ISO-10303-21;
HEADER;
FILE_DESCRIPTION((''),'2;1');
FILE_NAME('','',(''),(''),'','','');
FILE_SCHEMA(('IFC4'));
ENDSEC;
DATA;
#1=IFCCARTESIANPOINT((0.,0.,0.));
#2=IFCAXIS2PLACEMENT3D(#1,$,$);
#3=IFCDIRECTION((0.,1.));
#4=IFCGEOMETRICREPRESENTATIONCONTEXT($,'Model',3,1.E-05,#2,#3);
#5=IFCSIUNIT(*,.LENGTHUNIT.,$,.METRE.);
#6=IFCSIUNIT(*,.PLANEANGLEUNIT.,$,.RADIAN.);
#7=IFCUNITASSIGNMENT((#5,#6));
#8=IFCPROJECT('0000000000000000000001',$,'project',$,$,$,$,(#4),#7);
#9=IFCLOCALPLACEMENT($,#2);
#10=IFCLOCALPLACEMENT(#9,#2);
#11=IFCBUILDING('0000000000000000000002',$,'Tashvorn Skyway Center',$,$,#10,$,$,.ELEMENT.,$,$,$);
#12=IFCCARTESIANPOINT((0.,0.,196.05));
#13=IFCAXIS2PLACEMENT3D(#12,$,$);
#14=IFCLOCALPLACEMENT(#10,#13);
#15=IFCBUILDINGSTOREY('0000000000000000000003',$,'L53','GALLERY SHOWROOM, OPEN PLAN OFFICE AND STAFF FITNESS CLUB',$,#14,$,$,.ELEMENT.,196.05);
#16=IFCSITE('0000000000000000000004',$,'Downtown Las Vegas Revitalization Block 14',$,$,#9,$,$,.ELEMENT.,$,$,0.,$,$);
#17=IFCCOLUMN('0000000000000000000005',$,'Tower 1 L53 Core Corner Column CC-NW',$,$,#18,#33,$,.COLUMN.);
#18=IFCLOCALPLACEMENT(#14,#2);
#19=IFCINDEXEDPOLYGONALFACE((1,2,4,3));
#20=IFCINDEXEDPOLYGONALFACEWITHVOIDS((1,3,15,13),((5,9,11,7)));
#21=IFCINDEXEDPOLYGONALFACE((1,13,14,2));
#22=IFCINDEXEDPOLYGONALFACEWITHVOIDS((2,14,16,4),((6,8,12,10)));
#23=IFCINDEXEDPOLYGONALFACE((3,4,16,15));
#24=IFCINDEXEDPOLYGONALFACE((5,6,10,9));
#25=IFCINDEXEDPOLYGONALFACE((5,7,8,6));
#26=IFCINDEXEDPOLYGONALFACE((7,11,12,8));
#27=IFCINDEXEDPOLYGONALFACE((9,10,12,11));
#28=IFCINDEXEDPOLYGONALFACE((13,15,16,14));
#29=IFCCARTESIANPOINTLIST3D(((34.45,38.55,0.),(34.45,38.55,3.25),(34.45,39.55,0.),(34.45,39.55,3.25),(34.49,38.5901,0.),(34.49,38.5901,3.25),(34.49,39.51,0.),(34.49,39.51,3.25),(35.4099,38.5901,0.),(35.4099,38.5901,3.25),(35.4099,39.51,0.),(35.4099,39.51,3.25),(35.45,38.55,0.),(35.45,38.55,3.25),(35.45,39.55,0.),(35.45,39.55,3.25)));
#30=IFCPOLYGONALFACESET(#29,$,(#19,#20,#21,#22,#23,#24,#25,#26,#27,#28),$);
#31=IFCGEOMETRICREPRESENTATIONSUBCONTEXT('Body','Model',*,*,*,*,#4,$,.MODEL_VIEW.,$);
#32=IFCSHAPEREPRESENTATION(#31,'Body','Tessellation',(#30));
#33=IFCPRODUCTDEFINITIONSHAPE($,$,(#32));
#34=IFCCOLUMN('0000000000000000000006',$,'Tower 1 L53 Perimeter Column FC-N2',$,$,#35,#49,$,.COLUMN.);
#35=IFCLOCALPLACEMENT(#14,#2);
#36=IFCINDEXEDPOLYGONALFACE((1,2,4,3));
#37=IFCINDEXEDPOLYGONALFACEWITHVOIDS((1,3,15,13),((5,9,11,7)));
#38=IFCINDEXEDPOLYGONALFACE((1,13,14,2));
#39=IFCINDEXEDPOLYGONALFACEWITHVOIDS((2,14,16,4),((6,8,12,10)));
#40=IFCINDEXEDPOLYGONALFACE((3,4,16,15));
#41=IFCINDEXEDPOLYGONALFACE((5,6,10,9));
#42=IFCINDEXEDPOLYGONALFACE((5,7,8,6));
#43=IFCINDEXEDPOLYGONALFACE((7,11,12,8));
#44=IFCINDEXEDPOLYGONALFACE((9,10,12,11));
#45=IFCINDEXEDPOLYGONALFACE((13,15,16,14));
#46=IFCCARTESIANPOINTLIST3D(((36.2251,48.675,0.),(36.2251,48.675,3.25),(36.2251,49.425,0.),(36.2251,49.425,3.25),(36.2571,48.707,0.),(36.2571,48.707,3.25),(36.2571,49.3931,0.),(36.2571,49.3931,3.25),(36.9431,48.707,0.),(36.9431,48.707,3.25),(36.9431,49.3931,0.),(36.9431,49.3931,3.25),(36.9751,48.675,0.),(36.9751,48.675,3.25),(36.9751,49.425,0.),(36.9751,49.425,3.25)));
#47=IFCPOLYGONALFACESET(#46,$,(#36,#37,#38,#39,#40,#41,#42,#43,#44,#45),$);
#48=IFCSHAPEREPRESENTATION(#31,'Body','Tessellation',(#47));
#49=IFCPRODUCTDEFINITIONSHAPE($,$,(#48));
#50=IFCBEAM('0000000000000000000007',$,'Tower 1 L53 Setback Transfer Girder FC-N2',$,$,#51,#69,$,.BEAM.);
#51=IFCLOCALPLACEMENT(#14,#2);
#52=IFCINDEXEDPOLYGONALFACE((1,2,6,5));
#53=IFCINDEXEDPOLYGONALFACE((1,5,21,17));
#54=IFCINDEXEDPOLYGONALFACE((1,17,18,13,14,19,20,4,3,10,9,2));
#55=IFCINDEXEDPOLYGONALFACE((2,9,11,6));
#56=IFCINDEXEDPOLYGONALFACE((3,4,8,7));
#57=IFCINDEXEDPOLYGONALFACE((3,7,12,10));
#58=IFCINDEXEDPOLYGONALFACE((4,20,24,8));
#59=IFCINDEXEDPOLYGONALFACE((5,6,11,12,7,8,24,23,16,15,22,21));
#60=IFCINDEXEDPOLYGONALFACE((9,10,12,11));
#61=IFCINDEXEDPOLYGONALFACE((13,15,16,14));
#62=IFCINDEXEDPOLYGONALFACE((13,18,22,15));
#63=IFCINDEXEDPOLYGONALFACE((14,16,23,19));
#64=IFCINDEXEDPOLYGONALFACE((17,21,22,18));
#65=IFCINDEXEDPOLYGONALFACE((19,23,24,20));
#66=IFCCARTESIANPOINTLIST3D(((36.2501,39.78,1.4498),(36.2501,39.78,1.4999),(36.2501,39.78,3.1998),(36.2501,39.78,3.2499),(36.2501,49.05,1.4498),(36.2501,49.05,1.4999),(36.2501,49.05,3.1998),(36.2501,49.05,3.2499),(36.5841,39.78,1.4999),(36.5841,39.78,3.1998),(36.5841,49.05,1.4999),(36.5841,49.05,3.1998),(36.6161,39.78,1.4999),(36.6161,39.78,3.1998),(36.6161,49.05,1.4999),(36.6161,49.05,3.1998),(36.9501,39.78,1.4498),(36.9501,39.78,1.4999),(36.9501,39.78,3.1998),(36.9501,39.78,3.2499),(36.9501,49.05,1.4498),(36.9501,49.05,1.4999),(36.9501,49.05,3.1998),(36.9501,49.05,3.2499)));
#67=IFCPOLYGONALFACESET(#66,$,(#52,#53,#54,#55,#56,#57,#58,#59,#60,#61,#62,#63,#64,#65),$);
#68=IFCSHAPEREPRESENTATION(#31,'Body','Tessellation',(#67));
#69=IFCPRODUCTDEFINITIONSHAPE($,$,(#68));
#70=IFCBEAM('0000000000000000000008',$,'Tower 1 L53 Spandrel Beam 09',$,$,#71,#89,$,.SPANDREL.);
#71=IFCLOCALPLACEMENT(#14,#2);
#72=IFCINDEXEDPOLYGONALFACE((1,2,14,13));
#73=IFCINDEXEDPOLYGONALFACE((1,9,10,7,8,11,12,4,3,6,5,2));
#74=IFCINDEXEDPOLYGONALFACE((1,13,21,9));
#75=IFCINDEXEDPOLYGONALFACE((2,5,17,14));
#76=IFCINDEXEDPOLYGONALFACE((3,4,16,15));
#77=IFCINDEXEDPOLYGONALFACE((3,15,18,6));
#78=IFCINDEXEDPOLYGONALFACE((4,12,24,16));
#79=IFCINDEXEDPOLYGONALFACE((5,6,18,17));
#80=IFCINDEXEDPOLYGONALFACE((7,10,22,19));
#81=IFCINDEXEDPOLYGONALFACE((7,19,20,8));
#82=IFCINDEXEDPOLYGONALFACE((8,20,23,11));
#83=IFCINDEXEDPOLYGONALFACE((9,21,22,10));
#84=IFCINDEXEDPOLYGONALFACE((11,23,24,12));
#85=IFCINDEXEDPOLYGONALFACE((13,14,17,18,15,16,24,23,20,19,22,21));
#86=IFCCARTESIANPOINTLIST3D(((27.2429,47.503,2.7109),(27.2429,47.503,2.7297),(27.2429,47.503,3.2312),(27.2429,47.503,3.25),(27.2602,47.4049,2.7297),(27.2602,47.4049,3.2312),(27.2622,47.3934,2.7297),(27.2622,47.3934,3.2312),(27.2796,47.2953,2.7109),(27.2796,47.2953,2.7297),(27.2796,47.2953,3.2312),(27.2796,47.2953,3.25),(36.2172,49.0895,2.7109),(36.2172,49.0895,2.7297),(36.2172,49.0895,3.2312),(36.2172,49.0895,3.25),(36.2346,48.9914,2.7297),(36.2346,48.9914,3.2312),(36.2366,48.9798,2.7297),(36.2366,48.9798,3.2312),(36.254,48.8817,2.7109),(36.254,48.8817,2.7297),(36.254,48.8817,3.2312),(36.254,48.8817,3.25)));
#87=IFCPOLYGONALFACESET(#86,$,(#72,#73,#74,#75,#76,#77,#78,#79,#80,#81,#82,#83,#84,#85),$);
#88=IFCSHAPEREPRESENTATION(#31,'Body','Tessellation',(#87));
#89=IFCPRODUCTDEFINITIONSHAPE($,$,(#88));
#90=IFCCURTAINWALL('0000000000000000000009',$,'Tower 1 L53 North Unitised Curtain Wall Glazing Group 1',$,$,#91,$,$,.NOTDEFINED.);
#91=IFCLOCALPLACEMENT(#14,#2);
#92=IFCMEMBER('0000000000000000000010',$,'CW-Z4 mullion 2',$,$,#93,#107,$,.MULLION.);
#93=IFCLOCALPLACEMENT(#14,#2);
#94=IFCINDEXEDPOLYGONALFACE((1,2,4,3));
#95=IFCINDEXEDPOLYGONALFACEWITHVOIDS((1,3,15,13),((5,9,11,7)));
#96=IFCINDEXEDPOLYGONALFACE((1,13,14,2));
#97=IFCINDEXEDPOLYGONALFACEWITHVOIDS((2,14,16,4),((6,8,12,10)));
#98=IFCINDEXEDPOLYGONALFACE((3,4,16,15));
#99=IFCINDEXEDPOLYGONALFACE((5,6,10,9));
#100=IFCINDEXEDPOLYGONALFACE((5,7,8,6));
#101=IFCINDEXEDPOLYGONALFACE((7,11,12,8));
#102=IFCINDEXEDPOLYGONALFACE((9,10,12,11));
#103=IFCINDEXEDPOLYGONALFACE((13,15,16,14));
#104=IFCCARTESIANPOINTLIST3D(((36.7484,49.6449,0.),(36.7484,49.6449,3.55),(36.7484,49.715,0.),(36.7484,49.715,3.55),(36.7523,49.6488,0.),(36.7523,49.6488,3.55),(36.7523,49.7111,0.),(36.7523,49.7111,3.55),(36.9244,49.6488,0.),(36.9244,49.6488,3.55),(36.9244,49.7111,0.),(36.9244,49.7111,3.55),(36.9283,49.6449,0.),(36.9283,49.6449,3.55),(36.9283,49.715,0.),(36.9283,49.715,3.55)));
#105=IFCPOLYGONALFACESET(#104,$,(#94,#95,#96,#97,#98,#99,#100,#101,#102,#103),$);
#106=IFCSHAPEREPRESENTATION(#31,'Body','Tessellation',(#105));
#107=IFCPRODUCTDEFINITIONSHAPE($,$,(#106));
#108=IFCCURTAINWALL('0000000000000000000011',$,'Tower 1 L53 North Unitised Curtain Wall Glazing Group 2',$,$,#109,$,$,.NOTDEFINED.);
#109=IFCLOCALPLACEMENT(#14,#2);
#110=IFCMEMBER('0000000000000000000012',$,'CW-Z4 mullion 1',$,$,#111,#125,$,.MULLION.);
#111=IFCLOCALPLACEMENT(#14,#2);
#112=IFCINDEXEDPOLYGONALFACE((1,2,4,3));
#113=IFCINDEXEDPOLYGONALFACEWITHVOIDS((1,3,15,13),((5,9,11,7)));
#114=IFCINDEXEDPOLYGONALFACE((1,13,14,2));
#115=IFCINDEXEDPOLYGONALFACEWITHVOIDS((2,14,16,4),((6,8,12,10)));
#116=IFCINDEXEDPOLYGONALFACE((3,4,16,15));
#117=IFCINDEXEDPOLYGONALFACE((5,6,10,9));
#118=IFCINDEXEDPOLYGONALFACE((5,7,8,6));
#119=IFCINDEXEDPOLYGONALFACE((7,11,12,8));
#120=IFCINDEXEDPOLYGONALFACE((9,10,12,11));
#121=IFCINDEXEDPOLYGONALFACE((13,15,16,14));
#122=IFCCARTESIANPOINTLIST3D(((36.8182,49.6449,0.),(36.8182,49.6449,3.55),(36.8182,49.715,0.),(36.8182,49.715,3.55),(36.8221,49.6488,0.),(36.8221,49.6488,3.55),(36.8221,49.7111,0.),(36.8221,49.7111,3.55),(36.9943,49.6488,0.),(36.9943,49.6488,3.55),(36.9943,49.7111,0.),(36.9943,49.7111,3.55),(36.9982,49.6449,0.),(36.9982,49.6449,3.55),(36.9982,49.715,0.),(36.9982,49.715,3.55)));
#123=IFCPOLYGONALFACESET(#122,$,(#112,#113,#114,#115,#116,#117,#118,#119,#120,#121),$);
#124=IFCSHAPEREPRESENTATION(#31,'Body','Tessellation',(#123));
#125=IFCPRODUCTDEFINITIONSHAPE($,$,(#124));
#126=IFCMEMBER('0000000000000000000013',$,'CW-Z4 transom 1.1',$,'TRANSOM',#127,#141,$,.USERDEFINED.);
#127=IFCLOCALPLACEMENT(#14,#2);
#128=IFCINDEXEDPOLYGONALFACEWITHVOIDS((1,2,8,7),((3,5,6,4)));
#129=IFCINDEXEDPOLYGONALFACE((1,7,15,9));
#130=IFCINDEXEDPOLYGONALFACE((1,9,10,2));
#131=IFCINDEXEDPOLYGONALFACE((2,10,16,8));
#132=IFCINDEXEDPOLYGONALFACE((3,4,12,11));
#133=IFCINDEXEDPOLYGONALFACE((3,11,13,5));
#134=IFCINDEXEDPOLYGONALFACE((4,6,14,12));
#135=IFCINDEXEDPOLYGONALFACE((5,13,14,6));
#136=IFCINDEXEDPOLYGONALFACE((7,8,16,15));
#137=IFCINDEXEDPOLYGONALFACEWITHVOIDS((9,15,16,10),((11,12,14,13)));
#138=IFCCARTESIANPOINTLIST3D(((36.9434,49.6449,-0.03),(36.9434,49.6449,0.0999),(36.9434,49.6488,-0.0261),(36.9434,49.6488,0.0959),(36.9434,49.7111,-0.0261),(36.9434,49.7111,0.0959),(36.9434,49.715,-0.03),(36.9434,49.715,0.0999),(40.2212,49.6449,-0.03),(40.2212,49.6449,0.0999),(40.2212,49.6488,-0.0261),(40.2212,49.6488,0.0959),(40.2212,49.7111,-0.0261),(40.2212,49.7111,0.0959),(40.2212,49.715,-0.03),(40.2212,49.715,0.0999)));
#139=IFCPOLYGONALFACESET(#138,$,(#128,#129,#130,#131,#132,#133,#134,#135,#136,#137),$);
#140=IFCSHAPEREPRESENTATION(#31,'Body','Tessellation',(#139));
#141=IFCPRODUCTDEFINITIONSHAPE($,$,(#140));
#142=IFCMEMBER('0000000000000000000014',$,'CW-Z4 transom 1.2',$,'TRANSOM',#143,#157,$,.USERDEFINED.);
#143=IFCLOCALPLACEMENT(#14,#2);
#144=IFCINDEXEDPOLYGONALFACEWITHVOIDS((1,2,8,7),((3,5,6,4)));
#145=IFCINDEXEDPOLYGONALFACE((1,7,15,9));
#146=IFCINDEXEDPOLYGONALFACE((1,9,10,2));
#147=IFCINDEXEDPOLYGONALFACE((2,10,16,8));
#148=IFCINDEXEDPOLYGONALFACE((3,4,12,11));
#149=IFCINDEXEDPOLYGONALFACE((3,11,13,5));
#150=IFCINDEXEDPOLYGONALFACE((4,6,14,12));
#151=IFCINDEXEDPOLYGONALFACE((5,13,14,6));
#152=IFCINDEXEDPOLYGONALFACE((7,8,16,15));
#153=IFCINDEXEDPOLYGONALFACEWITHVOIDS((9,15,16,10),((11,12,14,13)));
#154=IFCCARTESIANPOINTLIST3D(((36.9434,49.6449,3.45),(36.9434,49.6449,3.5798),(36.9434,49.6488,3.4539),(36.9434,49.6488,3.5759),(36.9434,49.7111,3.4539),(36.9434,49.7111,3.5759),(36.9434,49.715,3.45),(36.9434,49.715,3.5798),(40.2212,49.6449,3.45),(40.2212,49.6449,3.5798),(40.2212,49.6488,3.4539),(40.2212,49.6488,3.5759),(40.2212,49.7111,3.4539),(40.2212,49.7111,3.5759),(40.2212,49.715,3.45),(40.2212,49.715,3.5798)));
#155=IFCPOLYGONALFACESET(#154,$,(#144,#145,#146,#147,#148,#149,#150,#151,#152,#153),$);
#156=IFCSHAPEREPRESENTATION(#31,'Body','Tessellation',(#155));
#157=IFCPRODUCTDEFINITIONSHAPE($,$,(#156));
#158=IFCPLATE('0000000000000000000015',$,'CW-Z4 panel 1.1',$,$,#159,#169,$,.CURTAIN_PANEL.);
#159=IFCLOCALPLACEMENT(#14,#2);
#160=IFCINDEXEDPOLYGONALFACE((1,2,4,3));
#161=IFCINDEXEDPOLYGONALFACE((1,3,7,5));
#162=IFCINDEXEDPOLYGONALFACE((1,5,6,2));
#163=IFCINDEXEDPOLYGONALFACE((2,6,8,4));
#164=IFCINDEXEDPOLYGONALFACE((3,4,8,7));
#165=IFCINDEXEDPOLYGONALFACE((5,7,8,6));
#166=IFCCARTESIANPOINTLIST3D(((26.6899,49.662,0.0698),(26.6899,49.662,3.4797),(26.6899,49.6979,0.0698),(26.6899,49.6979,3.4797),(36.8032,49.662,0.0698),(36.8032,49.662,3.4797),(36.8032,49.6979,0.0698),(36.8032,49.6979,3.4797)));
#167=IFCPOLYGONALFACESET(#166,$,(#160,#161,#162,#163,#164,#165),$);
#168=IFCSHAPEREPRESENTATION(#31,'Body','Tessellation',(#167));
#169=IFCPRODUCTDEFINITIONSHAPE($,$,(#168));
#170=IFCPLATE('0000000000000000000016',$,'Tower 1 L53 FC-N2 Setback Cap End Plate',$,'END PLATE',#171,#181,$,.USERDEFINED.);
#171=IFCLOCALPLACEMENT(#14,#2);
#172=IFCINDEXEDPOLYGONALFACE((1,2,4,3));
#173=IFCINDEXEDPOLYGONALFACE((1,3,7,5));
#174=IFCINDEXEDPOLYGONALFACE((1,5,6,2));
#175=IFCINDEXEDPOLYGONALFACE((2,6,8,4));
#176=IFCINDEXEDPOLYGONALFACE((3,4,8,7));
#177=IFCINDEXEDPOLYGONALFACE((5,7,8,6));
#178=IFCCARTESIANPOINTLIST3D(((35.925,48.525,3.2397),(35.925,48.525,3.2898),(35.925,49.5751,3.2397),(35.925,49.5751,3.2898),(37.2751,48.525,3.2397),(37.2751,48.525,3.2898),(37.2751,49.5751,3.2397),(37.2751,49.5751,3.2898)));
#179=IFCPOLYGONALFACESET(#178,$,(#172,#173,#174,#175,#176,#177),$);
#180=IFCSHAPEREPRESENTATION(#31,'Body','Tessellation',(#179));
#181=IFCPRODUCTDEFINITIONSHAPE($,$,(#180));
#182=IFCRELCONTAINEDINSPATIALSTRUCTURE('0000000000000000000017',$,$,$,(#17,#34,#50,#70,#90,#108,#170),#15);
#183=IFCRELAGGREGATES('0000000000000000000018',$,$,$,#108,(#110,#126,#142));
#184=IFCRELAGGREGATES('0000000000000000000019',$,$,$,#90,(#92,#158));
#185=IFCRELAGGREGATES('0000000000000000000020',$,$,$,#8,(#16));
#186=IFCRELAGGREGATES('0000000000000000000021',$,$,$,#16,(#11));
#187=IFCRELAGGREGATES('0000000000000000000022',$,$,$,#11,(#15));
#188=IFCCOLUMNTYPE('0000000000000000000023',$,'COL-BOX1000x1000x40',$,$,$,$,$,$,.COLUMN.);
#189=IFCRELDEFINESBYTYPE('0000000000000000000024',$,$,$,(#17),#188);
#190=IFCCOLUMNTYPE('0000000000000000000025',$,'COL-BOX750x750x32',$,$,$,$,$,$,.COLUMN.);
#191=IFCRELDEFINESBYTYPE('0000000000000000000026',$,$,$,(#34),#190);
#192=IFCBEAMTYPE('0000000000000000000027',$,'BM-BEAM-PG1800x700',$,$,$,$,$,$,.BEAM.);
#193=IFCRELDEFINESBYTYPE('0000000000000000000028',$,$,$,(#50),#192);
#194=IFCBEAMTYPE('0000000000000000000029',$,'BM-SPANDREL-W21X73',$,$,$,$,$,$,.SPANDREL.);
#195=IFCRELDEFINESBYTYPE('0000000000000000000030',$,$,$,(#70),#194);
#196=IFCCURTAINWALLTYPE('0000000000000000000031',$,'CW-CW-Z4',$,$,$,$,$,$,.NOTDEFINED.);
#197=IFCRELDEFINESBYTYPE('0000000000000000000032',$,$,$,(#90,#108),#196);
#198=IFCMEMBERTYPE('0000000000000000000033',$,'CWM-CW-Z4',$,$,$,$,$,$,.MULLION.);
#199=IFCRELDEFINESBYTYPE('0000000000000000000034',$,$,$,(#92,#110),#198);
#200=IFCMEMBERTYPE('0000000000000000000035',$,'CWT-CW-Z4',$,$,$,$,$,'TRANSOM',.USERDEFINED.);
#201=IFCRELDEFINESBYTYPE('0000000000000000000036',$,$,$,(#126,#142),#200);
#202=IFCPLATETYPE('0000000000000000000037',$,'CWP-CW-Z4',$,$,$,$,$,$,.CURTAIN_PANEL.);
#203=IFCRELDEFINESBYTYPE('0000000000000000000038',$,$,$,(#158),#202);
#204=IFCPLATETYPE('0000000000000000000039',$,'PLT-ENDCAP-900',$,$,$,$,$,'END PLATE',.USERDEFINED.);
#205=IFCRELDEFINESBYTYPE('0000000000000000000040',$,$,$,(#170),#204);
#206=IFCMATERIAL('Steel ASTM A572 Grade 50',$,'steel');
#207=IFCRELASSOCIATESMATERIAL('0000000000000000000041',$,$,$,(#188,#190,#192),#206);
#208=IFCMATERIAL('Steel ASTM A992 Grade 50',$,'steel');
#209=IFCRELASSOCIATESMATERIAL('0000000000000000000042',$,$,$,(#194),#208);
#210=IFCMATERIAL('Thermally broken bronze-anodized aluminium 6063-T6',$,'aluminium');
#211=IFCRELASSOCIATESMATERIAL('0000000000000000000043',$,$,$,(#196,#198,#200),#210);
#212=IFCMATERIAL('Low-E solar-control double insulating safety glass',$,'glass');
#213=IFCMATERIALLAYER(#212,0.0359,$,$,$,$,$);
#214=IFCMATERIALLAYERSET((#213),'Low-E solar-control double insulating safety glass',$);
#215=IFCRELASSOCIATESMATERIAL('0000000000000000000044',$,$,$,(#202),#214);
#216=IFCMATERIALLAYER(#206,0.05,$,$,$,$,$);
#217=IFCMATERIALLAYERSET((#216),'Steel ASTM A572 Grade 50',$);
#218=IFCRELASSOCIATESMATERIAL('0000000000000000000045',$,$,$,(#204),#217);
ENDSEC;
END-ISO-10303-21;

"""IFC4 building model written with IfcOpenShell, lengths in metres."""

from ifc_helpers import new_model, si_unit, direction, frame, origin, origin_2d, place, context, subcontext, project, spatial, rectangle, hollow_rectangle, i_section, extrude, material, layer, layer_set, material_profile, profile_set, type_object, element, aggregate, save


model = new_model("IFC4")

# Units and contexts
model_context = context("Model", 3, precision=1e-05, world=origin(), true_north=direction((0.0, 1.0)))
body_context = subcontext(model_context, "Body", "Model", "MODEL_VIEW")
ifc_project = project(units=[si_unit("LENGTHUNIT", "METRE"), si_unit("PLANEANGLEUNIT", "RADIAN")], contexts=[model_context])

# Site, building, storey
site_placement = place(None, origin())
site = spatial("IfcSite", under=ifc_project, at=site_placement, Name="Downtown Las Vegas Revitalization Block 14", CompositionType="ELEMENT", RefElevation=0.0)
building_placement = place(site_placement, origin())
building = spatial("IfcBuilding", under=site, at=building_placement, Name="Tashvorn Skyway Center", CompositionType="ELEMENT")
storey_placement = place(building_placement, frame((0.0, 0.0, 196.05)))
storey = spatial("IfcBuildingStorey", under=building, at=storey_placement, Name="L53", Description="GALLERY SHOWROOM, OPEN PLAN OFFICE AND STAFF FITNESS CLUB", CompositionType="ELEMENT", Elevation=196.05)

# Columns
ifc_material_1 = material(Name="Steel ASTM A572 Grade 50", Category="steel")
ifc_material_profile_1 = material_profile(ifc_material_1, hollow_rectangle(XDim=1.0, YDim=1.0, WallThickness=0.04, at=origin_2d()), Name="BOX1000x1000x40")
ifc_profile_set_1 = profile_set([ifc_material_profile_1], Name="Steel ASTM A572 Grade 50")
column_type_1 = type_object("IfcColumnType", Name="COL-BOX1000x1000x40", PredefinedType="COLUMN", material=ifc_profile_set_1)
column_1_placement = place(storey_placement, frame((34.95, 39.05, 0.0), z_axis=(0.0, 0.0, 1.0), x_axis=(1.0, 0.0, 0.0)))
element("IfcColumn", 1, at=column_1_placement, inside=storey, type_object=column_type_1, Name="Tower 1 L53 Core Corner Column CC-NW", PredefinedType="COLUMN", context=body_context, shape_type="SweptSolid", body=[
    extrude(hollow_rectangle(XDim=1.0, YDim=1.0, WallThickness=0.04, at=origin_2d()), origin(), (0.0, 0.0, 1.0), 3.25),
])
ifc_material_profile_2 = material_profile(ifc_material_1, hollow_rectangle(XDim=0.75, YDim=0.75, WallThickness=0.032, at=origin_2d()), Name="BOX750x750x32")
ifc_profile_set_2 = profile_set([ifc_material_profile_2], Name="Steel ASTM A572 Grade 50")
column_type_2 = type_object("IfcColumnType", Name="COL-BOX750x750x32", PredefinedType="COLUMN", material=ifc_profile_set_2)
column_2_placement = place(storey_placement, frame((36.6001, 49.05, 0.0), z_axis=(0.0, 0.0, 1.0), x_axis=(1.0, 0.0, 0.0)))
element("IfcColumn", 2, at=column_2_placement, inside=storey, type_object=column_type_2, Name="Tower 1 L53 Perimeter Column FC-N2", PredefinedType="COLUMN", context=body_context, shape_type="SweptSolid", body=[
    extrude(hollow_rectangle(XDim=0.75, YDim=0.75, WallThickness=0.032, at=origin_2d()), origin(), (0.0, 0.0, 1.0), 3.25),
])

# Beams
ifc_material_profile_3 = material_profile(ifc_material_1, i_section(OverallWidth=0.7, OverallDepth=1.8, WebThickness=0.032, FlangeThickness=0.05, at=origin_2d()), Name="PG1800x700")
ifc_profile_set_3 = profile_set([ifc_material_profile_3], Name="Steel ASTM A572 Grade 50")
beam_type_1 = type_object("IfcBeamType", Name="BM-BEAM-PG1800x700", PredefinedType="BEAM", material=ifc_profile_set_3)
beam_1_placement = place(storey_placement, frame((36.6001, 49.05, 2.3499), z_axis=(0.0, -1.0, 0.0), x_axis=(1.0, 0.0, 0.0)))
element("IfcBeam", 3, at=beam_1_placement, inside=storey, type_object=beam_type_1, Name="Tower 1 L53 Setback Transfer Girder FC-N2", PredefinedType="BEAM", context=body_context, shape_type="SweptSolid", body=[
    extrude(i_section(OverallWidth=0.7, OverallDepth=1.8, WebThickness=0.032, FlangeThickness=0.05, at=origin_2d()), origin(), (0.0, 0.0, 1.0), 9.27),
])
ifc_material_2 = material(Name="Steel ASTM A992 Grade 50", Category="steel")
ifc_material_profile_4 = material_profile(ifc_material_2, i_section(OverallWidth=0.2109, OverallDepth=0.5391, WebThickness=0.0117, FlangeThickness=0.0188, at=origin_2d()), Name="W21X73")
ifc_profile_set_4 = profile_set([ifc_material_profile_4], Name="Steel ASTM A992 Grade 50")
beam_type_2 = type_object("IfcBeamType", Name="BM-SPANDREL-W21X73", PredefinedType="SPANDREL", material=ifc_profile_set_4)
beam_2_placement = place(storey_placement, frame((36.2356, 48.9856, 2.9805), z_axis=(-0.984733, -0.174074, 0.0), x_axis=(0.174074, -0.984733, 0.0)))
element("IfcBeam", 4, at=beam_2_placement, inside=storey, type_object=beam_type_2, Name="Tower 1 L53 Spandrel Beam 09", PredefinedType="SPANDREL", context=body_context, shape_type="SweptSolid", body=[
    extrude(i_section(OverallWidth=0.2109, OverallDepth=0.5391, WebThickness=0.0117, FlangeThickness=0.0188, at=origin_2d()), origin(), (0.0, 0.0, 1.0), 9.1135),
])

# Curtain wall, member
ifc_material_3 = material(Name="Thermally broken bronze-anodized aluminium 6063-T6", Category="aluminium")
curtain_wall_type = type_object("IfcCurtainWallType", Name="CW-CW-Z4", PredefinedType="NOTDEFINED", material=ifc_material_3)
curtain_wall_1_placement = place(storey_placement, origin())
curtain_wall_1 = element("IfcCurtainWall", 5, at=curtain_wall_1_placement, inside=storey, type_object=curtain_wall_type, Name="Tower 1 L53 North Unitised Curtain Wall Glazing Group 1", PredefinedType="NOTDEFINED")
ifc_material_profile_5 = material_profile(ifc_material_3, hollow_rectangle(XDim=0.0701, YDim=0.1799, WallThickness=0.0039, at=origin_2d()), Name="ALU-MULL-70x180")
ifc_profile_set_5 = profile_set([ifc_material_profile_5], Name="Thermally broken bronze-anodized aluminium 6063-T6")
member_type_1 = type_object("IfcMemberType", Name="CWM-CW-Z4", PredefinedType="MULLION", material=ifc_profile_set_5)
member_1_placement = place(storey_placement, frame((36.8384, 49.6799, 0.0), z_axis=(0.0, 0.0, 1.0), x_axis=(0.0, 1.0, 0.0)))
member_1 = element("IfcMember", 6, at=member_1_placement, type_object=member_type_1, Name="CW-Z4 mullion 2", PredefinedType="MULLION", context=body_context, shape_type="SweptSolid", body=[
    extrude(hollow_rectangle(XDim=0.0701, YDim=0.1799, WallThickness=0.0039, at=origin_2d()), origin(), (0.0, 0.0, 1.0), 3.55),
])

# Curtain wall, members
curtain_wall_2_placement = place(storey_placement, origin())
curtain_wall_2 = element("IfcCurtainWall", 7, at=curtain_wall_2_placement, inside=storey, type_object=curtain_wall_type, Name="Tower 1 L53 North Unitised Curtain Wall Glazing Group 2", PredefinedType="NOTDEFINED")
member_2_placement = place(storey_placement, frame((36.9082, 49.6799, 0.0), z_axis=(0.0, 0.0, 1.0), x_axis=(0.0, 1.0, 0.0)))
member_2 = element("IfcMember", 8, at=member_2_placement, type_object=member_type_1, Name="CW-Z4 mullion 1", PredefinedType="MULLION", context=body_context, shape_type="SweptSolid", body=[
    extrude(hollow_rectangle(XDim=0.0701, YDim=0.1799, WallThickness=0.0039, at=origin_2d()), origin(), (0.0, 0.0, 1.0), 3.55),
])
ifc_material_profile_6 = material_profile(ifc_material_3, hollow_rectangle(XDim=0.0701, YDim=0.1299, WallThickness=0.0039, at=origin_2d()), Name="ALU-TRAN-70x130")
ifc_profile_set_6 = profile_set([ifc_material_profile_6], Name="Thermally broken bronze-anodized aluminium 6063-T6")
member_type_2 = type_object("IfcMemberType", Name="CWT-CW-Z4", ElementType="TRANSOM", PredefinedType="USERDEFINED", material=ifc_profile_set_6)
member_3_placement = place(storey_placement, frame((36.9434, 49.6799, 0.0349), z_axis=(1.0, 0.0, 0.0), x_axis=(0.0, 1.0, 0.0)))
member_3 = element("IfcMember", 9, at=member_3_placement, type_object=member_type_2, Name="CW-Z4 transom 1.1", ObjectType="TRANSOM", PredefinedType="USERDEFINED", context=body_context, shape_type="SweptSolid", body=[
    extrude(hollow_rectangle(XDim=0.0701, YDim=0.1299, WallThickness=0.0039, at=origin_2d()), origin(), (0.0, 0.0, 1.0), 3.2778),
])
member_4_placement = place(storey_placement, frame((36.9434, 49.6799, 3.5149), z_axis=(1.0, 0.0, 0.0), x_axis=(0.0, 1.0, 0.0)))
member_4 = element("IfcMember", 10, at=member_4_placement, type_object=member_type_2, Name="CW-Z4 transom 1.2", ObjectType="TRANSOM", PredefinedType="USERDEFINED", context=body_context, shape_type="SweptSolid", body=[
    extrude(hollow_rectangle(XDim=0.0701, YDim=0.1299, WallThickness=0.0039, at=origin_2d()), origin(), (0.0, 0.0, 1.0), 3.2778),
])
aggregate(curtain_wall_2, [member_2, member_3, member_4])

# Plate
ifc_material_4 = material(Name="Low-E solar-control double insulating safety glass", Category="glass")
ifc_layer_1 = layer(ifc_material_4, 0.0359)
ifc_layer_set_1 = layer_set([ifc_layer_1], Name="Low-E solar-control double insulating safety glass")
plate_type_1 = type_object("IfcPlateType", Name="CWP-CW-Z4", PredefinedType="CURTAIN_PANEL", material=ifc_layer_set_1)
plate_1_placement = place(storey_placement, frame((31.7466, 49.6799, 0.0698), z_axis=(0.0, 0.0, 1.0), x_axis=(1.0, 0.0, 0.0)))
plate_1 = element("IfcPlate", 11, at=plate_1_placement, type_object=plate_type_1, Name="CW-Z4 panel 1.1", PredefinedType="CURTAIN_PANEL", context=body_context, shape_type="SweptSolid", body=[
    extrude(rectangle(XDim=10.1133, YDim=0.0359, at=origin_2d()), origin(), (0.0, 0.0, 1.0), 3.4099),
])
aggregate(curtain_wall_1, [member_1, plate_1])

# Plate
ifc_layer_2 = layer(ifc_material_1, 0.05)
ifc_layer_set_2 = layer_set([ifc_layer_2], Name="Steel ASTM A572 Grade 50")
plate_type_2 = type_object("IfcPlateType", Name="PLT-ENDCAP-900", ElementType="END PLATE", PredefinedType="USERDEFINED", material=ifc_layer_set_2)
plate_2_placement = place(storey_placement, frame((36.6001, 49.05, 3.2397), z_axis=(0.0, 0.0, 1.0), x_axis=(1.0, 0.0, 0.0)))
element("IfcPlate", 12, at=plate_2_placement, inside=storey, type_object=plate_type_2, Name="Tower 1 L53 FC-N2 Setback Cap End Plate", ObjectType="END PLATE", PredefinedType="USERDEFINED", context=body_context, shape_type="SweptSolid", body=[
    extrude(rectangle(XDim=1.3501, YDim=1.05, at=origin_2d()), origin(), (0.0, 0.0, 1.0), 0.05),
])

save(model, "model.ifc")
